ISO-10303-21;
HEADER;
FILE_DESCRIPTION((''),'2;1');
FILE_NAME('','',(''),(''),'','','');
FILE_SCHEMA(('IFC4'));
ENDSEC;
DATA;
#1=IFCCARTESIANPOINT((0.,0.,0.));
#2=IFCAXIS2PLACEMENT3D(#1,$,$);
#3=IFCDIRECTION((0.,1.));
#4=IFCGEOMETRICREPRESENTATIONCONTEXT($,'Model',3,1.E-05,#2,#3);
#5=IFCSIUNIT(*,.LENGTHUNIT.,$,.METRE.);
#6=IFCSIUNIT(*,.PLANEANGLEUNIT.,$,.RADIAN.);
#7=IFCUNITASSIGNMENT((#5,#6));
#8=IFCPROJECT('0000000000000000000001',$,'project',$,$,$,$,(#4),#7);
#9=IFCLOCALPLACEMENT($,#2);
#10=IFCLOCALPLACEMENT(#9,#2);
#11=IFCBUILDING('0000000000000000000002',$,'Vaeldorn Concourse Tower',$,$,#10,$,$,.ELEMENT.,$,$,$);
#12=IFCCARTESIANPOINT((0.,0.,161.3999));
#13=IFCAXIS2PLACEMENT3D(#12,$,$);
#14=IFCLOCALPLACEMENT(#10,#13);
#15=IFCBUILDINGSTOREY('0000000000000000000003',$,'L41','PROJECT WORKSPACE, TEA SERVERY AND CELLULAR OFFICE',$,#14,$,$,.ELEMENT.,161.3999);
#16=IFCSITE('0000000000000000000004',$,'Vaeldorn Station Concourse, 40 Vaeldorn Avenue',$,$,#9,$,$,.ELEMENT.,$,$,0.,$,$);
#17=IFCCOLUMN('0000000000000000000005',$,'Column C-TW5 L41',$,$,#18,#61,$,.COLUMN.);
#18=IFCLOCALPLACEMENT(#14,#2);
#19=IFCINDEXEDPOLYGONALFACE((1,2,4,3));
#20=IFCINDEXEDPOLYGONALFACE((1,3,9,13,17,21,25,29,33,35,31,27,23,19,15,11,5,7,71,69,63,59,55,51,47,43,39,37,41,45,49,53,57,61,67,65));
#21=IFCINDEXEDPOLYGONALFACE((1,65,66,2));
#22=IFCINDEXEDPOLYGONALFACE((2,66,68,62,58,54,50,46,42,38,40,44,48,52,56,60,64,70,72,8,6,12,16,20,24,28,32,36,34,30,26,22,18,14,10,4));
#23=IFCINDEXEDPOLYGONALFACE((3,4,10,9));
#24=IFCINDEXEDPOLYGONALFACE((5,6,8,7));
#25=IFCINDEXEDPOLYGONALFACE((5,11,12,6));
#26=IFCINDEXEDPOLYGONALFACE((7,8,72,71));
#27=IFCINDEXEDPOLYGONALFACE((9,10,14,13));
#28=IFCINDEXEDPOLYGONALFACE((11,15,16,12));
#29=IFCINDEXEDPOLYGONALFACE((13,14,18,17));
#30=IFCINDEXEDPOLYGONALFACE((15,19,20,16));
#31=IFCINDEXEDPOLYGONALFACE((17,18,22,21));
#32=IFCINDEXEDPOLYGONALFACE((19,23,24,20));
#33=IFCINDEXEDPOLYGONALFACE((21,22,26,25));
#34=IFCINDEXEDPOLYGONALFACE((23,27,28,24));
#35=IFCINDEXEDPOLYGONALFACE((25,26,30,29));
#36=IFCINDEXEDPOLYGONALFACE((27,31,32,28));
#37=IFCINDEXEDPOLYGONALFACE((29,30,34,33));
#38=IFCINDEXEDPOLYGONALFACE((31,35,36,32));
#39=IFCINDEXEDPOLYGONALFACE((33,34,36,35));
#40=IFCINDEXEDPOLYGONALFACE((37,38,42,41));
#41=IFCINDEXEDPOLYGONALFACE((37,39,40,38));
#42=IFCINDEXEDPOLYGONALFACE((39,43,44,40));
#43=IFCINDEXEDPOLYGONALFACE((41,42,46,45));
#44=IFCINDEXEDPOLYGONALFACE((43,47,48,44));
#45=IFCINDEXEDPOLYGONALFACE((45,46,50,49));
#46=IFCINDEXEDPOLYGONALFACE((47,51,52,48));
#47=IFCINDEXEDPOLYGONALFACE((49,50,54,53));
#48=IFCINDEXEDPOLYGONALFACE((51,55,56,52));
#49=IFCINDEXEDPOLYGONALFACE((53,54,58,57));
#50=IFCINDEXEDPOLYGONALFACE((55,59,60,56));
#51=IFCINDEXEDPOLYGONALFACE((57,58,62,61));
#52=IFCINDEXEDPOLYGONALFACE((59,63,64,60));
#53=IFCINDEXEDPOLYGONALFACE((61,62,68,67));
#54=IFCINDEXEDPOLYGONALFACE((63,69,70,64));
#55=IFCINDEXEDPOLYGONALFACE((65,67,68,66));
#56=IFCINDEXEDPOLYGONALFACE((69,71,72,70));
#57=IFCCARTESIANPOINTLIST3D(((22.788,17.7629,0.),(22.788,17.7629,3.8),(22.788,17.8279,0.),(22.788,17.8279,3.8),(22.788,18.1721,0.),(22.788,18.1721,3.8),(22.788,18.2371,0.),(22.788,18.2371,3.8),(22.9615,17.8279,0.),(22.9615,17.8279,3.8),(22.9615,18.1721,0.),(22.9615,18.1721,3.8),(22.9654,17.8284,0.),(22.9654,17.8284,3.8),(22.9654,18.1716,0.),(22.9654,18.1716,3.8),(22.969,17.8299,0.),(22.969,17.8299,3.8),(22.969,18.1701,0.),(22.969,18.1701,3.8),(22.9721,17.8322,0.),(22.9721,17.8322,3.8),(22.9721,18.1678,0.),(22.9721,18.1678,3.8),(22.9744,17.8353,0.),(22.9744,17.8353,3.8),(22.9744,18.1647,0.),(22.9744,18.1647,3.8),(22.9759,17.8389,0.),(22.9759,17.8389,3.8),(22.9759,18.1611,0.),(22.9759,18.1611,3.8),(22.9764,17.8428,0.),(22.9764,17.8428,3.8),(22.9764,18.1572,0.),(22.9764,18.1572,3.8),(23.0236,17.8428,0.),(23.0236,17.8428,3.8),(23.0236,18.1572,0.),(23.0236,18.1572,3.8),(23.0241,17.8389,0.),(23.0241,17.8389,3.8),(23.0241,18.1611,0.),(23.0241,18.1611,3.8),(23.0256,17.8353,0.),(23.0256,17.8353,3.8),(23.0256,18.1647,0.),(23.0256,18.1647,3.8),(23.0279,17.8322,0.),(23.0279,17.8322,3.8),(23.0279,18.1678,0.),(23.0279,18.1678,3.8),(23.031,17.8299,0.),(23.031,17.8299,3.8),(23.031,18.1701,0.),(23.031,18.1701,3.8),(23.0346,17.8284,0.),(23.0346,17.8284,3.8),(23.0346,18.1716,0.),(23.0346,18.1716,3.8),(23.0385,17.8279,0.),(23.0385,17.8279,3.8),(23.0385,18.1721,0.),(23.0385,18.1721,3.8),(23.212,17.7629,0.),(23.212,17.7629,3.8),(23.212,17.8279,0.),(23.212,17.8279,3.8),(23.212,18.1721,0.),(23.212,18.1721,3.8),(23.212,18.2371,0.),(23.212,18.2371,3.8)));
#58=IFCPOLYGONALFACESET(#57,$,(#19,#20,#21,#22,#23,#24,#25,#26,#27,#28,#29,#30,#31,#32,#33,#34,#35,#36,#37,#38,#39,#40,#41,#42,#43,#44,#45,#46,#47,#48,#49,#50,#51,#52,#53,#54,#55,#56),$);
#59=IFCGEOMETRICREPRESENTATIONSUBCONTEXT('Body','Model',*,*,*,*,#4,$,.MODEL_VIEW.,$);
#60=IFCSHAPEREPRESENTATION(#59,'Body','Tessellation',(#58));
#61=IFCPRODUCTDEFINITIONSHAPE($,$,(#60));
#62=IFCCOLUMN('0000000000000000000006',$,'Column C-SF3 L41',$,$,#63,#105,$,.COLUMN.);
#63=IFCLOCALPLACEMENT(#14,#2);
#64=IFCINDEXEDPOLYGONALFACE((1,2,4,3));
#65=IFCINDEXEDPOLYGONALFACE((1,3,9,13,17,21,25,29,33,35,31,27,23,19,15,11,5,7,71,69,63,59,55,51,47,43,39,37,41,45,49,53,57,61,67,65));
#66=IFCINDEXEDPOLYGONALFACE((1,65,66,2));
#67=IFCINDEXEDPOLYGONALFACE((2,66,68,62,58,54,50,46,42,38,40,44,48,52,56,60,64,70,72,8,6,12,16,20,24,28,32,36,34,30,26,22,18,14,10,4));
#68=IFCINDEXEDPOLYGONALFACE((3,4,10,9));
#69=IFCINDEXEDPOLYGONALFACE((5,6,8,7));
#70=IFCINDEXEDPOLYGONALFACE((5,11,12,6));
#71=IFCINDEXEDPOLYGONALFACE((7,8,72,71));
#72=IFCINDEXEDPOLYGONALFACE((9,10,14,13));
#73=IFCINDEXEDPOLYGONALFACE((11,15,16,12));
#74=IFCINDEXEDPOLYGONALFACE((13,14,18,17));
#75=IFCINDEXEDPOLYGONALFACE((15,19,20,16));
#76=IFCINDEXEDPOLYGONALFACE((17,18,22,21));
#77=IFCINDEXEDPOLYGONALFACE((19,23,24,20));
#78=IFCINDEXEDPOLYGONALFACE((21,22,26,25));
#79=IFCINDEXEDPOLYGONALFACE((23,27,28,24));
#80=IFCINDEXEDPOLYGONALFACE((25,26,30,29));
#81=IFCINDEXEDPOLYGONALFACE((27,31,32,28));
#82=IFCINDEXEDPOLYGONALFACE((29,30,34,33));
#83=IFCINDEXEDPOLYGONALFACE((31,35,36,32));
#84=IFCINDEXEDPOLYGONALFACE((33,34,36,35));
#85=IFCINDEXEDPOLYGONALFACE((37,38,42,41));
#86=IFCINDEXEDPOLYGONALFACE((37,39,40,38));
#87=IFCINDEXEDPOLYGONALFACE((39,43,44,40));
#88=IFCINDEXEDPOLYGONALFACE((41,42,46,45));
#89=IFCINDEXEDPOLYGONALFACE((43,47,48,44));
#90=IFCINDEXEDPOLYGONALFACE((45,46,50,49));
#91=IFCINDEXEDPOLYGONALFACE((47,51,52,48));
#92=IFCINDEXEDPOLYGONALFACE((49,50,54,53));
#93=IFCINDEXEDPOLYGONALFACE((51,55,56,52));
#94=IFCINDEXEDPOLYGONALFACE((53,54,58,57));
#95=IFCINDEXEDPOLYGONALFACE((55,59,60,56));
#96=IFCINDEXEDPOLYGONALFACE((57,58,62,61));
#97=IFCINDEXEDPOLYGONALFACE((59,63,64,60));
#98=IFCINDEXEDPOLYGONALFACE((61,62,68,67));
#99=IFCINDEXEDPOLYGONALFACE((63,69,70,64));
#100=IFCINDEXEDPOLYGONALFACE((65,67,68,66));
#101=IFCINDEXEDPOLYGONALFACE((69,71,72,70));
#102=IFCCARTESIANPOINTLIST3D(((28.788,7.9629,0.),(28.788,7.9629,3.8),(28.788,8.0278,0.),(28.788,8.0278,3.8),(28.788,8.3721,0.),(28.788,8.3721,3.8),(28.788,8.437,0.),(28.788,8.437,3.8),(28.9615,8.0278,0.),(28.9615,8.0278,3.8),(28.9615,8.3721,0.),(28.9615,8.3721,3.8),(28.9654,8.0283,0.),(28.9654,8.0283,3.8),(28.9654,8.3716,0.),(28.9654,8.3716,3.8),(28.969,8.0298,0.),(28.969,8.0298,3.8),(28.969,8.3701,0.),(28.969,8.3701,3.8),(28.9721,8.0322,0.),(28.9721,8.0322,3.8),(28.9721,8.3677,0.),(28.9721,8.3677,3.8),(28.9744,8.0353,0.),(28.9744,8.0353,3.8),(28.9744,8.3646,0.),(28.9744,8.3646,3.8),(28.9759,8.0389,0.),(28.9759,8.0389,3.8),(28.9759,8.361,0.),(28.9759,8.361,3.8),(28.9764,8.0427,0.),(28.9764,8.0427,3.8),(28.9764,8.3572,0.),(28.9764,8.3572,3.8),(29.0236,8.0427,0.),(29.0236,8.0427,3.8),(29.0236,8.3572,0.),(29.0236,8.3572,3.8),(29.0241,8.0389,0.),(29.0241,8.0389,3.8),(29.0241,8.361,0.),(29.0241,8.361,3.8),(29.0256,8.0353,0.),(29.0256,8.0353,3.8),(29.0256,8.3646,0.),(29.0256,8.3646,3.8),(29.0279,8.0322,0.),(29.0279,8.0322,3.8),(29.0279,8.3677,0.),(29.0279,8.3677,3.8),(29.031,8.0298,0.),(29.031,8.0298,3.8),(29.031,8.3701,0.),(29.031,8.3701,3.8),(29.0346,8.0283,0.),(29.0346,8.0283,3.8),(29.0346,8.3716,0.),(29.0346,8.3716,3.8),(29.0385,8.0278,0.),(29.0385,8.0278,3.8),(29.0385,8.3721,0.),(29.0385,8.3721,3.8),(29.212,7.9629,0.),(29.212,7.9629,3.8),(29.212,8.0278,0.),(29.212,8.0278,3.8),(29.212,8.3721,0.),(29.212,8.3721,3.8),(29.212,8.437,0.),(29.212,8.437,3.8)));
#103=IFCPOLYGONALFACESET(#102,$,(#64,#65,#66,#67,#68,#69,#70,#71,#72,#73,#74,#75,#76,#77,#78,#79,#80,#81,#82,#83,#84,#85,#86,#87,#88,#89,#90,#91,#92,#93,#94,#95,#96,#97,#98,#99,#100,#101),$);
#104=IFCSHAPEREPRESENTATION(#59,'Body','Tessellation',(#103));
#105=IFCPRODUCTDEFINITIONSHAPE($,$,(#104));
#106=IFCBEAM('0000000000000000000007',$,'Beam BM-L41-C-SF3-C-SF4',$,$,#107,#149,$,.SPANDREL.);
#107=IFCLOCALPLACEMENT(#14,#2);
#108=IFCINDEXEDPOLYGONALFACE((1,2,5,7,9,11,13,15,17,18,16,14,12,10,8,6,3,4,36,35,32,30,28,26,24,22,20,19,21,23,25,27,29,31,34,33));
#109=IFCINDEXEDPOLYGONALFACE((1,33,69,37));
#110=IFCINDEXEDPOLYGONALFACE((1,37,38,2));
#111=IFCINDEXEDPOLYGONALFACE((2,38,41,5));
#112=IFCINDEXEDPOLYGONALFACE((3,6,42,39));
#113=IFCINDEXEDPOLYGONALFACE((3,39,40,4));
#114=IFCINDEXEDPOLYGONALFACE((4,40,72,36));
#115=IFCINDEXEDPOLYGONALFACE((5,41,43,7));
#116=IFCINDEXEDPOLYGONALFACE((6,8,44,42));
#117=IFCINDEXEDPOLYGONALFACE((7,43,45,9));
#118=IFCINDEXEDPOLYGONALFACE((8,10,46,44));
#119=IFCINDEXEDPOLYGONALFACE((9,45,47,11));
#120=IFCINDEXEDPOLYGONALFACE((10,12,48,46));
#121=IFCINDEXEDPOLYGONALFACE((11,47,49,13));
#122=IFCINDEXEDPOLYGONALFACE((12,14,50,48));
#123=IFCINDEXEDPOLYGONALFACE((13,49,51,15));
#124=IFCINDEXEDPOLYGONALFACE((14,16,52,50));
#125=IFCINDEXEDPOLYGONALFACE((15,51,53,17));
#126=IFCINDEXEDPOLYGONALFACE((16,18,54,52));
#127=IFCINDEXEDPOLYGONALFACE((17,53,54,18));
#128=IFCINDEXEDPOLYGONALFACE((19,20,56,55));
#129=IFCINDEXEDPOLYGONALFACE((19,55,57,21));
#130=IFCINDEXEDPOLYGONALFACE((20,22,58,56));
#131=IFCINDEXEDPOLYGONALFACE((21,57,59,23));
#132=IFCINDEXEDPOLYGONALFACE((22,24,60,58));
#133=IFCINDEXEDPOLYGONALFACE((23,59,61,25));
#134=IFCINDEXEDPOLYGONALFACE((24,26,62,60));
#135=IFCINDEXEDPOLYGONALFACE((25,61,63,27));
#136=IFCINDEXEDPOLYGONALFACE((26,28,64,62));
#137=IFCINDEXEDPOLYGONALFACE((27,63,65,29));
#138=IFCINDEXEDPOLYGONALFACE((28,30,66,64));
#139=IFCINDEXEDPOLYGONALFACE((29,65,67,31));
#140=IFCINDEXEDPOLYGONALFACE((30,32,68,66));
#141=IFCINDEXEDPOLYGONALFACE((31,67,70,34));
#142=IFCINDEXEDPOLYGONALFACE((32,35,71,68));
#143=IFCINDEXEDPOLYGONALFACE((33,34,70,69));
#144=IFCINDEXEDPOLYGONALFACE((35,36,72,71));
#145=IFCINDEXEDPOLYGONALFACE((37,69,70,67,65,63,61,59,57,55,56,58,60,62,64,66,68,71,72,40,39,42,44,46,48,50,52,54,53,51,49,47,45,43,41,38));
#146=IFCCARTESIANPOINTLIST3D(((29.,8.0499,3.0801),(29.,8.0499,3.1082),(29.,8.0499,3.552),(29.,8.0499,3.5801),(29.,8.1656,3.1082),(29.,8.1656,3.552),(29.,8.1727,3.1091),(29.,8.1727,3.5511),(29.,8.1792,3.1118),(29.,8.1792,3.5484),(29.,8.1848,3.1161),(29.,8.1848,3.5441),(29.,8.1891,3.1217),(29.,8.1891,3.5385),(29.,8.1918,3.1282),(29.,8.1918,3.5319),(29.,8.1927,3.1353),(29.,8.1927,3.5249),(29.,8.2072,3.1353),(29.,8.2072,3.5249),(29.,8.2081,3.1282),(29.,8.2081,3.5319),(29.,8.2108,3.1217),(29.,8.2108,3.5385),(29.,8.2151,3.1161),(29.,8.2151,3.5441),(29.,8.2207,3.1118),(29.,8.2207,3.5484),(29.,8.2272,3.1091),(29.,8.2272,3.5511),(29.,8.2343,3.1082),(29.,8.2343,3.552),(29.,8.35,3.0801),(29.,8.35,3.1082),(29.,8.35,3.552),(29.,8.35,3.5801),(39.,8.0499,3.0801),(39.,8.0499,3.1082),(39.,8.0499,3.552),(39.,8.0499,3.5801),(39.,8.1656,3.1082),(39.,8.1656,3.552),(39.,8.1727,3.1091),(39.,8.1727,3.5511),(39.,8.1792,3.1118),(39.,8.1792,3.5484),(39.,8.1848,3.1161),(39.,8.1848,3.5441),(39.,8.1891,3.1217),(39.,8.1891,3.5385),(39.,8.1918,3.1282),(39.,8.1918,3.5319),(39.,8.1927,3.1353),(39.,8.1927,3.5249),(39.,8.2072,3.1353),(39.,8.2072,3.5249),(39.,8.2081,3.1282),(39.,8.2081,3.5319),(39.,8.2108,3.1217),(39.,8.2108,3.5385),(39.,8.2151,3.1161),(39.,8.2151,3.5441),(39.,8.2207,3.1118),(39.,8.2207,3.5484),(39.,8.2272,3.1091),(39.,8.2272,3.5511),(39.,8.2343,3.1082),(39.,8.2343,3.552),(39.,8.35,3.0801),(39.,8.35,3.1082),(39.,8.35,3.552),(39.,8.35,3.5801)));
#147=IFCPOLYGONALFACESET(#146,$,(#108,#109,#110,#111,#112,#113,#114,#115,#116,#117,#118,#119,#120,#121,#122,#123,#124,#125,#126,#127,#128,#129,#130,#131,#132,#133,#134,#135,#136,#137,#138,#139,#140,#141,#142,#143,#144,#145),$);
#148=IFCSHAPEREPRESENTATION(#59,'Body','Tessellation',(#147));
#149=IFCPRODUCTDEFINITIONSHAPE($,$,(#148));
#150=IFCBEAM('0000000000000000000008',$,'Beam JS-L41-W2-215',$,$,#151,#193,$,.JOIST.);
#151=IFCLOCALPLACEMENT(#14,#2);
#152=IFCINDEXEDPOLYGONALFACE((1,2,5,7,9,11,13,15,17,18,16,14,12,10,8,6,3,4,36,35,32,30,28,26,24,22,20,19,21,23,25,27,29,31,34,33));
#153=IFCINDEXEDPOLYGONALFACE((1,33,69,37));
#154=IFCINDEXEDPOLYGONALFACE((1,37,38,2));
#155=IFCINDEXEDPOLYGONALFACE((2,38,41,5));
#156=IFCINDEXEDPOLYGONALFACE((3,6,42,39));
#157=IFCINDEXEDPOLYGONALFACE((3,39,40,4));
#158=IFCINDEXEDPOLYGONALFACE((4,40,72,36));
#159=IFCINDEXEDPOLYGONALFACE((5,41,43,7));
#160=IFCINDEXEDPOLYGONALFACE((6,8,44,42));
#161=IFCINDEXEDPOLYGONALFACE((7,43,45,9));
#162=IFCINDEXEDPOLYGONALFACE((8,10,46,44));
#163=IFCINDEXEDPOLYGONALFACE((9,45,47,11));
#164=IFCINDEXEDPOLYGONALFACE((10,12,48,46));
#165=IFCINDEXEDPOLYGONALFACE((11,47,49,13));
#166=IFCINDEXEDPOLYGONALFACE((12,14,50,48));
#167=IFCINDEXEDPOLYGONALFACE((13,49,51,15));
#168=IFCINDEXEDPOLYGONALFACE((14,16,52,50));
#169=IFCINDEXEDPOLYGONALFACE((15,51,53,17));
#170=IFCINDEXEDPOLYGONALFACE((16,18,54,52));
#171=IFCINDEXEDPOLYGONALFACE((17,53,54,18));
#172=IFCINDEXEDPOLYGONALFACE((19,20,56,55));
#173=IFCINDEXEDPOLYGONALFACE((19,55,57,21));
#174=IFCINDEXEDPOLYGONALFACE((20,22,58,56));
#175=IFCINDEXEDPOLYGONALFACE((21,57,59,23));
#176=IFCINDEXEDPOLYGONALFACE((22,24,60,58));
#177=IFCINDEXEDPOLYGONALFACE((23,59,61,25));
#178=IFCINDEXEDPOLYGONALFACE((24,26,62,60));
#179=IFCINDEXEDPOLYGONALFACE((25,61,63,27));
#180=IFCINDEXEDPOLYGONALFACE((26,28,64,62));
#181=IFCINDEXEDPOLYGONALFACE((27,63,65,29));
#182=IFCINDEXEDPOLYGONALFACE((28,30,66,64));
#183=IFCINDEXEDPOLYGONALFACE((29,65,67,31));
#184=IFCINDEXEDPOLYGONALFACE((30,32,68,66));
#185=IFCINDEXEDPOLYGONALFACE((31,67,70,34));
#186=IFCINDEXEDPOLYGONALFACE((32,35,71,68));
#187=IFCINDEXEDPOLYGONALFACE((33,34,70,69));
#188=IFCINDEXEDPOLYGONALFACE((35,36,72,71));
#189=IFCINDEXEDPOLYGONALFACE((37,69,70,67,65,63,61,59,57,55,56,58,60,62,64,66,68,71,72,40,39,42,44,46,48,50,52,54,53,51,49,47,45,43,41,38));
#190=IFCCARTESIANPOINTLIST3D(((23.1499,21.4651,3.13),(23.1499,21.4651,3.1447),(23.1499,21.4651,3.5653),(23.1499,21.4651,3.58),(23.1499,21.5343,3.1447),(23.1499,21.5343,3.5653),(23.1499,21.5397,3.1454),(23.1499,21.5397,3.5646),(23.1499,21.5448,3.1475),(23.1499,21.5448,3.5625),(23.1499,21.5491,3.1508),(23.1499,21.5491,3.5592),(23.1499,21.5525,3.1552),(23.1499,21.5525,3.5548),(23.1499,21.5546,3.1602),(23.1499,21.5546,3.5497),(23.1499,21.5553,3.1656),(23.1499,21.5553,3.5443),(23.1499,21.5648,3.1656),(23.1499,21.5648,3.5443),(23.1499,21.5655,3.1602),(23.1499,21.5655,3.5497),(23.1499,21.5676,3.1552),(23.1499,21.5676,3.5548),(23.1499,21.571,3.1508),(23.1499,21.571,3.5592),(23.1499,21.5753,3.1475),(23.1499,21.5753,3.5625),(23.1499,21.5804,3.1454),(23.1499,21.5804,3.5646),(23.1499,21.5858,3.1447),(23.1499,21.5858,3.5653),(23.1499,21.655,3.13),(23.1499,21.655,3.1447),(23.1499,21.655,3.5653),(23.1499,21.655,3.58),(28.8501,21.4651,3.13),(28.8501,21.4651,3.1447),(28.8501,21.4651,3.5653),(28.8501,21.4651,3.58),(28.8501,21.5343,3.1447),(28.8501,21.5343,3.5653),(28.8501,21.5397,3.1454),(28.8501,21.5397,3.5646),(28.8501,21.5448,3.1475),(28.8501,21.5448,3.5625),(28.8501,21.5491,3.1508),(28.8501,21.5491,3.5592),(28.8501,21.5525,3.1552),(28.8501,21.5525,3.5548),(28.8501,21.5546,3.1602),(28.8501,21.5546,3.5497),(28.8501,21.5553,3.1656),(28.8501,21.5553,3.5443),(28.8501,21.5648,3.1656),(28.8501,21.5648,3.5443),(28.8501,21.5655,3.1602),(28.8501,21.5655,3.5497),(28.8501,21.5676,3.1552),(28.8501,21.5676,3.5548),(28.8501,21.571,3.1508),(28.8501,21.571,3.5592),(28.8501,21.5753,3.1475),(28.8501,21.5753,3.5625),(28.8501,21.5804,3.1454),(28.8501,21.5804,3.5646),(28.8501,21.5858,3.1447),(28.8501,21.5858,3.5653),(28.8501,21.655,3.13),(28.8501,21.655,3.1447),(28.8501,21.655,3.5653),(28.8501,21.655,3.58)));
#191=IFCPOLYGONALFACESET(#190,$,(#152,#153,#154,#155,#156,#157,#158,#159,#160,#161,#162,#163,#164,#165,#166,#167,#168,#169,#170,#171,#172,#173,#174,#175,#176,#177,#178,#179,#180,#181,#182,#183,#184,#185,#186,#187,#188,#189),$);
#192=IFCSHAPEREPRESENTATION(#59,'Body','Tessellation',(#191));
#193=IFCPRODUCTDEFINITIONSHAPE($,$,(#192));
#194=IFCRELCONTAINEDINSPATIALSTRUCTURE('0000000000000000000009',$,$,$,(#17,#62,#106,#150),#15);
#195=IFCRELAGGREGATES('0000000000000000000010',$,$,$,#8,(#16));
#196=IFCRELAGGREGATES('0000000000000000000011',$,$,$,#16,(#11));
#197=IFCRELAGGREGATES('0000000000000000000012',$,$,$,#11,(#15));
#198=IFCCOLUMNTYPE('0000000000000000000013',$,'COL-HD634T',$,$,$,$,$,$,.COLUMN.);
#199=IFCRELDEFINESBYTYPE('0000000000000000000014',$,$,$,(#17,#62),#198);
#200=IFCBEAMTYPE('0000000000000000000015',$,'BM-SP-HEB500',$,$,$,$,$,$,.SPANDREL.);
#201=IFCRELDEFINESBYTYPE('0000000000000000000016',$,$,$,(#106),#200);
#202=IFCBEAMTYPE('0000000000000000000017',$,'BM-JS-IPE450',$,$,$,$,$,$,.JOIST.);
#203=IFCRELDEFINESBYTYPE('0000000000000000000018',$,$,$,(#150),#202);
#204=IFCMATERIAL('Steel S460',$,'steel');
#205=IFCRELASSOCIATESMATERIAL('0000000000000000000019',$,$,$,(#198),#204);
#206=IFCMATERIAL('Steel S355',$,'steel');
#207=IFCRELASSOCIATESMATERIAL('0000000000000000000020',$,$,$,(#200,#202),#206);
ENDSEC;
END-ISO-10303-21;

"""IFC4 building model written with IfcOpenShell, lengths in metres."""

from ifc_helpers import new_model, si_unit, direction, frame, origin, origin_2d, place, context, subcontext, project, spatial, i_section, extrude, source, transform, mapped, material, material_profile, profile_set, type_object, element, save


model = new_model("IFC4")

# Units and contexts
model_context = context("Model", 3, precision=1e-05, world=origin(), true_north=direction((0.0, 1.0)))
body_context = subcontext(model_context, "Body", "Model", "MODEL_VIEW")
ifc_project = project(units=[si_unit("LENGTHUNIT", "METRE"), si_unit("PLANEANGLEUNIT", "RADIAN")], contexts=[model_context])

# Site, building, storey
site_placement = place(None, origin())
site = spatial("IfcSite", under=ifc_project, at=site_placement, Name="Vaeldorn Station Concourse, 40 Vaeldorn Avenue", CompositionType="ELEMENT", RefElevation=0.0)
building_placement = place(site_placement, origin())
building = spatial("IfcBuilding", under=site, at=building_placement, Name="Vaeldorn Concourse Tower", CompositionType="ELEMENT")
storey_placement = place(building_placement, frame((0.0, 0.0, 161.3999)))
storey = spatial("IfcBuildingStorey", under=building, at=storey_placement, Name="L41", Description="PROJECT WORKSPACE, TEA SERVERY AND CELLULAR OFFICE", CompositionType="ELEMENT", Elevation=161.3999)

# Columns
ifc_material_1 = material(Name="Steel S460", Category="steel")
ifc_material_profile_1 = material_profile(ifc_material_1, i_section(OverallWidth=0.4241, OverallDepth=0.4741, WebThickness=0.0471, FlangeThickness=0.0649, FilletRadius=0.0149, at=origin_2d()), Name="HD 400x634")
ifc_profile_set_1 = profile_set([ifc_material_profile_1], Name="Steel S460")
column_type = type_object("IfcColumnType", Name="COL-HD634T", PredefinedType="COLUMN", material=ifc_profile_set_1)
shared_shape_1 = source(origin(), body_context, "Body", "SweptSolid", [
    extrude(i_section(OverallWidth=0.4241, OverallDepth=0.4741, WebThickness=0.0471, FlangeThickness=0.0649, FilletRadius=0.0149, at=origin_2d()), origin(), (0.0, 0.0, 1.0), 3.8),
])
for number, where, z_axis, x_axis, name in (
    (1, (23.0, 18.0, 0.0), (0.0, 0.0, 1.0), (1.0, 0.0, 0.0), "Column C-TW5 L41"),
    (2, (29.0, 8.2, 0.0), (0.0, 0.0, 1.0), (1.0, 0.0, 0.0), "Column C-SF3 L41"),
):
    element("IfcColumn", number, at=place(storey_placement, frame(where, z_axis=z_axis, x_axis=x_axis)), inside=storey, type_object=column_type, Name=name, PredefinedType="COLUMN", context=body_context, shape_type="MappedRepresentation", body=[
        mapped(shared_shape_1, transform((0.0, 0.0, 0.0), scale=1.0)),
    ])

# Beams
ifc_material_2 = material(Name="Steel S355", Category="steel")
ifc_material_profile_2 = material_profile(ifc_material_2, i_section(OverallWidth=0.3, OverallDepth=0.5, WebThickness=0.0144, FlangeThickness=0.0281, FilletRadius=0.0271, at=origin_2d()), Name="HEB 500")
ifc_profile_set_2 = profile_set([ifc_material_profile_2], Name="Steel S355")
beam_type_1 = type_object("IfcBeamType", Name="BM-SP-HEB500", PredefinedType="SPANDREL", material=ifc_profile_set_2)
shared_shape_2 = source(origin(), body_context, "Body", "SweptSolid", [
    extrude(i_section(OverallWidth=0.3, OverallDepth=0.5, WebThickness=0.0144, FlangeThickness=0.0281, FilletRadius=0.0271, at=origin_2d()), origin(), (0.0, 0.0, 1.0), 10.0),
])
beam_1_placement = place(storey_placement, frame((29.0, 8.2, 3.3301), z_axis=(1.0, 0.0, 0.0), x_axis=(0.0, 1.0, 0.0)))
element("IfcBeam", 3, at=beam_1_placement, inside=storey, type_object=beam_type_1, Name="Beam BM-L41-C-SF3-C-SF4", PredefinedType="SPANDREL", context=body_context, shape_type="MappedRepresentation", body=[
    mapped(shared_shape_2, transform((0.0, 0.0, 0.0), scale=1.0)),
])
ifc_material_profile_3 = material_profile(ifc_material_2, i_section(OverallWidth=0.1899, OverallDepth=0.45, WebThickness=0.0095, FlangeThickness=0.0146, FilletRadius=0.021, at=origin_2d()), Name="IPE 450")
ifc_profile_set_3 = profile_set([ifc_material_profile_3], Name="Steel S355")
beam_type_2 = type_object("IfcBeamType", Name="BM-JS-IPE450", PredefinedType="JOIST", material=ifc_profile_set_3)
shared_shape_3 = source(origin(), body_context, "Body", "SweptSolid", [
    extrude(i_section(OverallWidth=0.1899, OverallDepth=0.45, WebThickness=0.0095, FlangeThickness=0.0146, FilletRadius=0.021, at=origin_2d()), origin(), (0.0, 0.0, 1.0), 5.7002),
])
for number, where, z_axis, x_axis, name in (
    (4, (23.1499, 21.5601, 3.355), (1.0, 0.0, 0.0), (0.0, 1.0, 0.0), "Beam JS-L41-W2-215"),
):
    element("IfcBeam", number, at=place(storey_placement, frame(where, z_axis=z_axis, x_axis=x_axis)), inside=storey, type_object=beam_type_2, Name=name, PredefinedType="JOIST", context=body_context, shape_type="MappedRepresentation", body=[
        mapped(shared_shape_3, transform((0.0, 0.0, 0.0), scale=1.0)),
    ])

save(model, "model.ifc")
